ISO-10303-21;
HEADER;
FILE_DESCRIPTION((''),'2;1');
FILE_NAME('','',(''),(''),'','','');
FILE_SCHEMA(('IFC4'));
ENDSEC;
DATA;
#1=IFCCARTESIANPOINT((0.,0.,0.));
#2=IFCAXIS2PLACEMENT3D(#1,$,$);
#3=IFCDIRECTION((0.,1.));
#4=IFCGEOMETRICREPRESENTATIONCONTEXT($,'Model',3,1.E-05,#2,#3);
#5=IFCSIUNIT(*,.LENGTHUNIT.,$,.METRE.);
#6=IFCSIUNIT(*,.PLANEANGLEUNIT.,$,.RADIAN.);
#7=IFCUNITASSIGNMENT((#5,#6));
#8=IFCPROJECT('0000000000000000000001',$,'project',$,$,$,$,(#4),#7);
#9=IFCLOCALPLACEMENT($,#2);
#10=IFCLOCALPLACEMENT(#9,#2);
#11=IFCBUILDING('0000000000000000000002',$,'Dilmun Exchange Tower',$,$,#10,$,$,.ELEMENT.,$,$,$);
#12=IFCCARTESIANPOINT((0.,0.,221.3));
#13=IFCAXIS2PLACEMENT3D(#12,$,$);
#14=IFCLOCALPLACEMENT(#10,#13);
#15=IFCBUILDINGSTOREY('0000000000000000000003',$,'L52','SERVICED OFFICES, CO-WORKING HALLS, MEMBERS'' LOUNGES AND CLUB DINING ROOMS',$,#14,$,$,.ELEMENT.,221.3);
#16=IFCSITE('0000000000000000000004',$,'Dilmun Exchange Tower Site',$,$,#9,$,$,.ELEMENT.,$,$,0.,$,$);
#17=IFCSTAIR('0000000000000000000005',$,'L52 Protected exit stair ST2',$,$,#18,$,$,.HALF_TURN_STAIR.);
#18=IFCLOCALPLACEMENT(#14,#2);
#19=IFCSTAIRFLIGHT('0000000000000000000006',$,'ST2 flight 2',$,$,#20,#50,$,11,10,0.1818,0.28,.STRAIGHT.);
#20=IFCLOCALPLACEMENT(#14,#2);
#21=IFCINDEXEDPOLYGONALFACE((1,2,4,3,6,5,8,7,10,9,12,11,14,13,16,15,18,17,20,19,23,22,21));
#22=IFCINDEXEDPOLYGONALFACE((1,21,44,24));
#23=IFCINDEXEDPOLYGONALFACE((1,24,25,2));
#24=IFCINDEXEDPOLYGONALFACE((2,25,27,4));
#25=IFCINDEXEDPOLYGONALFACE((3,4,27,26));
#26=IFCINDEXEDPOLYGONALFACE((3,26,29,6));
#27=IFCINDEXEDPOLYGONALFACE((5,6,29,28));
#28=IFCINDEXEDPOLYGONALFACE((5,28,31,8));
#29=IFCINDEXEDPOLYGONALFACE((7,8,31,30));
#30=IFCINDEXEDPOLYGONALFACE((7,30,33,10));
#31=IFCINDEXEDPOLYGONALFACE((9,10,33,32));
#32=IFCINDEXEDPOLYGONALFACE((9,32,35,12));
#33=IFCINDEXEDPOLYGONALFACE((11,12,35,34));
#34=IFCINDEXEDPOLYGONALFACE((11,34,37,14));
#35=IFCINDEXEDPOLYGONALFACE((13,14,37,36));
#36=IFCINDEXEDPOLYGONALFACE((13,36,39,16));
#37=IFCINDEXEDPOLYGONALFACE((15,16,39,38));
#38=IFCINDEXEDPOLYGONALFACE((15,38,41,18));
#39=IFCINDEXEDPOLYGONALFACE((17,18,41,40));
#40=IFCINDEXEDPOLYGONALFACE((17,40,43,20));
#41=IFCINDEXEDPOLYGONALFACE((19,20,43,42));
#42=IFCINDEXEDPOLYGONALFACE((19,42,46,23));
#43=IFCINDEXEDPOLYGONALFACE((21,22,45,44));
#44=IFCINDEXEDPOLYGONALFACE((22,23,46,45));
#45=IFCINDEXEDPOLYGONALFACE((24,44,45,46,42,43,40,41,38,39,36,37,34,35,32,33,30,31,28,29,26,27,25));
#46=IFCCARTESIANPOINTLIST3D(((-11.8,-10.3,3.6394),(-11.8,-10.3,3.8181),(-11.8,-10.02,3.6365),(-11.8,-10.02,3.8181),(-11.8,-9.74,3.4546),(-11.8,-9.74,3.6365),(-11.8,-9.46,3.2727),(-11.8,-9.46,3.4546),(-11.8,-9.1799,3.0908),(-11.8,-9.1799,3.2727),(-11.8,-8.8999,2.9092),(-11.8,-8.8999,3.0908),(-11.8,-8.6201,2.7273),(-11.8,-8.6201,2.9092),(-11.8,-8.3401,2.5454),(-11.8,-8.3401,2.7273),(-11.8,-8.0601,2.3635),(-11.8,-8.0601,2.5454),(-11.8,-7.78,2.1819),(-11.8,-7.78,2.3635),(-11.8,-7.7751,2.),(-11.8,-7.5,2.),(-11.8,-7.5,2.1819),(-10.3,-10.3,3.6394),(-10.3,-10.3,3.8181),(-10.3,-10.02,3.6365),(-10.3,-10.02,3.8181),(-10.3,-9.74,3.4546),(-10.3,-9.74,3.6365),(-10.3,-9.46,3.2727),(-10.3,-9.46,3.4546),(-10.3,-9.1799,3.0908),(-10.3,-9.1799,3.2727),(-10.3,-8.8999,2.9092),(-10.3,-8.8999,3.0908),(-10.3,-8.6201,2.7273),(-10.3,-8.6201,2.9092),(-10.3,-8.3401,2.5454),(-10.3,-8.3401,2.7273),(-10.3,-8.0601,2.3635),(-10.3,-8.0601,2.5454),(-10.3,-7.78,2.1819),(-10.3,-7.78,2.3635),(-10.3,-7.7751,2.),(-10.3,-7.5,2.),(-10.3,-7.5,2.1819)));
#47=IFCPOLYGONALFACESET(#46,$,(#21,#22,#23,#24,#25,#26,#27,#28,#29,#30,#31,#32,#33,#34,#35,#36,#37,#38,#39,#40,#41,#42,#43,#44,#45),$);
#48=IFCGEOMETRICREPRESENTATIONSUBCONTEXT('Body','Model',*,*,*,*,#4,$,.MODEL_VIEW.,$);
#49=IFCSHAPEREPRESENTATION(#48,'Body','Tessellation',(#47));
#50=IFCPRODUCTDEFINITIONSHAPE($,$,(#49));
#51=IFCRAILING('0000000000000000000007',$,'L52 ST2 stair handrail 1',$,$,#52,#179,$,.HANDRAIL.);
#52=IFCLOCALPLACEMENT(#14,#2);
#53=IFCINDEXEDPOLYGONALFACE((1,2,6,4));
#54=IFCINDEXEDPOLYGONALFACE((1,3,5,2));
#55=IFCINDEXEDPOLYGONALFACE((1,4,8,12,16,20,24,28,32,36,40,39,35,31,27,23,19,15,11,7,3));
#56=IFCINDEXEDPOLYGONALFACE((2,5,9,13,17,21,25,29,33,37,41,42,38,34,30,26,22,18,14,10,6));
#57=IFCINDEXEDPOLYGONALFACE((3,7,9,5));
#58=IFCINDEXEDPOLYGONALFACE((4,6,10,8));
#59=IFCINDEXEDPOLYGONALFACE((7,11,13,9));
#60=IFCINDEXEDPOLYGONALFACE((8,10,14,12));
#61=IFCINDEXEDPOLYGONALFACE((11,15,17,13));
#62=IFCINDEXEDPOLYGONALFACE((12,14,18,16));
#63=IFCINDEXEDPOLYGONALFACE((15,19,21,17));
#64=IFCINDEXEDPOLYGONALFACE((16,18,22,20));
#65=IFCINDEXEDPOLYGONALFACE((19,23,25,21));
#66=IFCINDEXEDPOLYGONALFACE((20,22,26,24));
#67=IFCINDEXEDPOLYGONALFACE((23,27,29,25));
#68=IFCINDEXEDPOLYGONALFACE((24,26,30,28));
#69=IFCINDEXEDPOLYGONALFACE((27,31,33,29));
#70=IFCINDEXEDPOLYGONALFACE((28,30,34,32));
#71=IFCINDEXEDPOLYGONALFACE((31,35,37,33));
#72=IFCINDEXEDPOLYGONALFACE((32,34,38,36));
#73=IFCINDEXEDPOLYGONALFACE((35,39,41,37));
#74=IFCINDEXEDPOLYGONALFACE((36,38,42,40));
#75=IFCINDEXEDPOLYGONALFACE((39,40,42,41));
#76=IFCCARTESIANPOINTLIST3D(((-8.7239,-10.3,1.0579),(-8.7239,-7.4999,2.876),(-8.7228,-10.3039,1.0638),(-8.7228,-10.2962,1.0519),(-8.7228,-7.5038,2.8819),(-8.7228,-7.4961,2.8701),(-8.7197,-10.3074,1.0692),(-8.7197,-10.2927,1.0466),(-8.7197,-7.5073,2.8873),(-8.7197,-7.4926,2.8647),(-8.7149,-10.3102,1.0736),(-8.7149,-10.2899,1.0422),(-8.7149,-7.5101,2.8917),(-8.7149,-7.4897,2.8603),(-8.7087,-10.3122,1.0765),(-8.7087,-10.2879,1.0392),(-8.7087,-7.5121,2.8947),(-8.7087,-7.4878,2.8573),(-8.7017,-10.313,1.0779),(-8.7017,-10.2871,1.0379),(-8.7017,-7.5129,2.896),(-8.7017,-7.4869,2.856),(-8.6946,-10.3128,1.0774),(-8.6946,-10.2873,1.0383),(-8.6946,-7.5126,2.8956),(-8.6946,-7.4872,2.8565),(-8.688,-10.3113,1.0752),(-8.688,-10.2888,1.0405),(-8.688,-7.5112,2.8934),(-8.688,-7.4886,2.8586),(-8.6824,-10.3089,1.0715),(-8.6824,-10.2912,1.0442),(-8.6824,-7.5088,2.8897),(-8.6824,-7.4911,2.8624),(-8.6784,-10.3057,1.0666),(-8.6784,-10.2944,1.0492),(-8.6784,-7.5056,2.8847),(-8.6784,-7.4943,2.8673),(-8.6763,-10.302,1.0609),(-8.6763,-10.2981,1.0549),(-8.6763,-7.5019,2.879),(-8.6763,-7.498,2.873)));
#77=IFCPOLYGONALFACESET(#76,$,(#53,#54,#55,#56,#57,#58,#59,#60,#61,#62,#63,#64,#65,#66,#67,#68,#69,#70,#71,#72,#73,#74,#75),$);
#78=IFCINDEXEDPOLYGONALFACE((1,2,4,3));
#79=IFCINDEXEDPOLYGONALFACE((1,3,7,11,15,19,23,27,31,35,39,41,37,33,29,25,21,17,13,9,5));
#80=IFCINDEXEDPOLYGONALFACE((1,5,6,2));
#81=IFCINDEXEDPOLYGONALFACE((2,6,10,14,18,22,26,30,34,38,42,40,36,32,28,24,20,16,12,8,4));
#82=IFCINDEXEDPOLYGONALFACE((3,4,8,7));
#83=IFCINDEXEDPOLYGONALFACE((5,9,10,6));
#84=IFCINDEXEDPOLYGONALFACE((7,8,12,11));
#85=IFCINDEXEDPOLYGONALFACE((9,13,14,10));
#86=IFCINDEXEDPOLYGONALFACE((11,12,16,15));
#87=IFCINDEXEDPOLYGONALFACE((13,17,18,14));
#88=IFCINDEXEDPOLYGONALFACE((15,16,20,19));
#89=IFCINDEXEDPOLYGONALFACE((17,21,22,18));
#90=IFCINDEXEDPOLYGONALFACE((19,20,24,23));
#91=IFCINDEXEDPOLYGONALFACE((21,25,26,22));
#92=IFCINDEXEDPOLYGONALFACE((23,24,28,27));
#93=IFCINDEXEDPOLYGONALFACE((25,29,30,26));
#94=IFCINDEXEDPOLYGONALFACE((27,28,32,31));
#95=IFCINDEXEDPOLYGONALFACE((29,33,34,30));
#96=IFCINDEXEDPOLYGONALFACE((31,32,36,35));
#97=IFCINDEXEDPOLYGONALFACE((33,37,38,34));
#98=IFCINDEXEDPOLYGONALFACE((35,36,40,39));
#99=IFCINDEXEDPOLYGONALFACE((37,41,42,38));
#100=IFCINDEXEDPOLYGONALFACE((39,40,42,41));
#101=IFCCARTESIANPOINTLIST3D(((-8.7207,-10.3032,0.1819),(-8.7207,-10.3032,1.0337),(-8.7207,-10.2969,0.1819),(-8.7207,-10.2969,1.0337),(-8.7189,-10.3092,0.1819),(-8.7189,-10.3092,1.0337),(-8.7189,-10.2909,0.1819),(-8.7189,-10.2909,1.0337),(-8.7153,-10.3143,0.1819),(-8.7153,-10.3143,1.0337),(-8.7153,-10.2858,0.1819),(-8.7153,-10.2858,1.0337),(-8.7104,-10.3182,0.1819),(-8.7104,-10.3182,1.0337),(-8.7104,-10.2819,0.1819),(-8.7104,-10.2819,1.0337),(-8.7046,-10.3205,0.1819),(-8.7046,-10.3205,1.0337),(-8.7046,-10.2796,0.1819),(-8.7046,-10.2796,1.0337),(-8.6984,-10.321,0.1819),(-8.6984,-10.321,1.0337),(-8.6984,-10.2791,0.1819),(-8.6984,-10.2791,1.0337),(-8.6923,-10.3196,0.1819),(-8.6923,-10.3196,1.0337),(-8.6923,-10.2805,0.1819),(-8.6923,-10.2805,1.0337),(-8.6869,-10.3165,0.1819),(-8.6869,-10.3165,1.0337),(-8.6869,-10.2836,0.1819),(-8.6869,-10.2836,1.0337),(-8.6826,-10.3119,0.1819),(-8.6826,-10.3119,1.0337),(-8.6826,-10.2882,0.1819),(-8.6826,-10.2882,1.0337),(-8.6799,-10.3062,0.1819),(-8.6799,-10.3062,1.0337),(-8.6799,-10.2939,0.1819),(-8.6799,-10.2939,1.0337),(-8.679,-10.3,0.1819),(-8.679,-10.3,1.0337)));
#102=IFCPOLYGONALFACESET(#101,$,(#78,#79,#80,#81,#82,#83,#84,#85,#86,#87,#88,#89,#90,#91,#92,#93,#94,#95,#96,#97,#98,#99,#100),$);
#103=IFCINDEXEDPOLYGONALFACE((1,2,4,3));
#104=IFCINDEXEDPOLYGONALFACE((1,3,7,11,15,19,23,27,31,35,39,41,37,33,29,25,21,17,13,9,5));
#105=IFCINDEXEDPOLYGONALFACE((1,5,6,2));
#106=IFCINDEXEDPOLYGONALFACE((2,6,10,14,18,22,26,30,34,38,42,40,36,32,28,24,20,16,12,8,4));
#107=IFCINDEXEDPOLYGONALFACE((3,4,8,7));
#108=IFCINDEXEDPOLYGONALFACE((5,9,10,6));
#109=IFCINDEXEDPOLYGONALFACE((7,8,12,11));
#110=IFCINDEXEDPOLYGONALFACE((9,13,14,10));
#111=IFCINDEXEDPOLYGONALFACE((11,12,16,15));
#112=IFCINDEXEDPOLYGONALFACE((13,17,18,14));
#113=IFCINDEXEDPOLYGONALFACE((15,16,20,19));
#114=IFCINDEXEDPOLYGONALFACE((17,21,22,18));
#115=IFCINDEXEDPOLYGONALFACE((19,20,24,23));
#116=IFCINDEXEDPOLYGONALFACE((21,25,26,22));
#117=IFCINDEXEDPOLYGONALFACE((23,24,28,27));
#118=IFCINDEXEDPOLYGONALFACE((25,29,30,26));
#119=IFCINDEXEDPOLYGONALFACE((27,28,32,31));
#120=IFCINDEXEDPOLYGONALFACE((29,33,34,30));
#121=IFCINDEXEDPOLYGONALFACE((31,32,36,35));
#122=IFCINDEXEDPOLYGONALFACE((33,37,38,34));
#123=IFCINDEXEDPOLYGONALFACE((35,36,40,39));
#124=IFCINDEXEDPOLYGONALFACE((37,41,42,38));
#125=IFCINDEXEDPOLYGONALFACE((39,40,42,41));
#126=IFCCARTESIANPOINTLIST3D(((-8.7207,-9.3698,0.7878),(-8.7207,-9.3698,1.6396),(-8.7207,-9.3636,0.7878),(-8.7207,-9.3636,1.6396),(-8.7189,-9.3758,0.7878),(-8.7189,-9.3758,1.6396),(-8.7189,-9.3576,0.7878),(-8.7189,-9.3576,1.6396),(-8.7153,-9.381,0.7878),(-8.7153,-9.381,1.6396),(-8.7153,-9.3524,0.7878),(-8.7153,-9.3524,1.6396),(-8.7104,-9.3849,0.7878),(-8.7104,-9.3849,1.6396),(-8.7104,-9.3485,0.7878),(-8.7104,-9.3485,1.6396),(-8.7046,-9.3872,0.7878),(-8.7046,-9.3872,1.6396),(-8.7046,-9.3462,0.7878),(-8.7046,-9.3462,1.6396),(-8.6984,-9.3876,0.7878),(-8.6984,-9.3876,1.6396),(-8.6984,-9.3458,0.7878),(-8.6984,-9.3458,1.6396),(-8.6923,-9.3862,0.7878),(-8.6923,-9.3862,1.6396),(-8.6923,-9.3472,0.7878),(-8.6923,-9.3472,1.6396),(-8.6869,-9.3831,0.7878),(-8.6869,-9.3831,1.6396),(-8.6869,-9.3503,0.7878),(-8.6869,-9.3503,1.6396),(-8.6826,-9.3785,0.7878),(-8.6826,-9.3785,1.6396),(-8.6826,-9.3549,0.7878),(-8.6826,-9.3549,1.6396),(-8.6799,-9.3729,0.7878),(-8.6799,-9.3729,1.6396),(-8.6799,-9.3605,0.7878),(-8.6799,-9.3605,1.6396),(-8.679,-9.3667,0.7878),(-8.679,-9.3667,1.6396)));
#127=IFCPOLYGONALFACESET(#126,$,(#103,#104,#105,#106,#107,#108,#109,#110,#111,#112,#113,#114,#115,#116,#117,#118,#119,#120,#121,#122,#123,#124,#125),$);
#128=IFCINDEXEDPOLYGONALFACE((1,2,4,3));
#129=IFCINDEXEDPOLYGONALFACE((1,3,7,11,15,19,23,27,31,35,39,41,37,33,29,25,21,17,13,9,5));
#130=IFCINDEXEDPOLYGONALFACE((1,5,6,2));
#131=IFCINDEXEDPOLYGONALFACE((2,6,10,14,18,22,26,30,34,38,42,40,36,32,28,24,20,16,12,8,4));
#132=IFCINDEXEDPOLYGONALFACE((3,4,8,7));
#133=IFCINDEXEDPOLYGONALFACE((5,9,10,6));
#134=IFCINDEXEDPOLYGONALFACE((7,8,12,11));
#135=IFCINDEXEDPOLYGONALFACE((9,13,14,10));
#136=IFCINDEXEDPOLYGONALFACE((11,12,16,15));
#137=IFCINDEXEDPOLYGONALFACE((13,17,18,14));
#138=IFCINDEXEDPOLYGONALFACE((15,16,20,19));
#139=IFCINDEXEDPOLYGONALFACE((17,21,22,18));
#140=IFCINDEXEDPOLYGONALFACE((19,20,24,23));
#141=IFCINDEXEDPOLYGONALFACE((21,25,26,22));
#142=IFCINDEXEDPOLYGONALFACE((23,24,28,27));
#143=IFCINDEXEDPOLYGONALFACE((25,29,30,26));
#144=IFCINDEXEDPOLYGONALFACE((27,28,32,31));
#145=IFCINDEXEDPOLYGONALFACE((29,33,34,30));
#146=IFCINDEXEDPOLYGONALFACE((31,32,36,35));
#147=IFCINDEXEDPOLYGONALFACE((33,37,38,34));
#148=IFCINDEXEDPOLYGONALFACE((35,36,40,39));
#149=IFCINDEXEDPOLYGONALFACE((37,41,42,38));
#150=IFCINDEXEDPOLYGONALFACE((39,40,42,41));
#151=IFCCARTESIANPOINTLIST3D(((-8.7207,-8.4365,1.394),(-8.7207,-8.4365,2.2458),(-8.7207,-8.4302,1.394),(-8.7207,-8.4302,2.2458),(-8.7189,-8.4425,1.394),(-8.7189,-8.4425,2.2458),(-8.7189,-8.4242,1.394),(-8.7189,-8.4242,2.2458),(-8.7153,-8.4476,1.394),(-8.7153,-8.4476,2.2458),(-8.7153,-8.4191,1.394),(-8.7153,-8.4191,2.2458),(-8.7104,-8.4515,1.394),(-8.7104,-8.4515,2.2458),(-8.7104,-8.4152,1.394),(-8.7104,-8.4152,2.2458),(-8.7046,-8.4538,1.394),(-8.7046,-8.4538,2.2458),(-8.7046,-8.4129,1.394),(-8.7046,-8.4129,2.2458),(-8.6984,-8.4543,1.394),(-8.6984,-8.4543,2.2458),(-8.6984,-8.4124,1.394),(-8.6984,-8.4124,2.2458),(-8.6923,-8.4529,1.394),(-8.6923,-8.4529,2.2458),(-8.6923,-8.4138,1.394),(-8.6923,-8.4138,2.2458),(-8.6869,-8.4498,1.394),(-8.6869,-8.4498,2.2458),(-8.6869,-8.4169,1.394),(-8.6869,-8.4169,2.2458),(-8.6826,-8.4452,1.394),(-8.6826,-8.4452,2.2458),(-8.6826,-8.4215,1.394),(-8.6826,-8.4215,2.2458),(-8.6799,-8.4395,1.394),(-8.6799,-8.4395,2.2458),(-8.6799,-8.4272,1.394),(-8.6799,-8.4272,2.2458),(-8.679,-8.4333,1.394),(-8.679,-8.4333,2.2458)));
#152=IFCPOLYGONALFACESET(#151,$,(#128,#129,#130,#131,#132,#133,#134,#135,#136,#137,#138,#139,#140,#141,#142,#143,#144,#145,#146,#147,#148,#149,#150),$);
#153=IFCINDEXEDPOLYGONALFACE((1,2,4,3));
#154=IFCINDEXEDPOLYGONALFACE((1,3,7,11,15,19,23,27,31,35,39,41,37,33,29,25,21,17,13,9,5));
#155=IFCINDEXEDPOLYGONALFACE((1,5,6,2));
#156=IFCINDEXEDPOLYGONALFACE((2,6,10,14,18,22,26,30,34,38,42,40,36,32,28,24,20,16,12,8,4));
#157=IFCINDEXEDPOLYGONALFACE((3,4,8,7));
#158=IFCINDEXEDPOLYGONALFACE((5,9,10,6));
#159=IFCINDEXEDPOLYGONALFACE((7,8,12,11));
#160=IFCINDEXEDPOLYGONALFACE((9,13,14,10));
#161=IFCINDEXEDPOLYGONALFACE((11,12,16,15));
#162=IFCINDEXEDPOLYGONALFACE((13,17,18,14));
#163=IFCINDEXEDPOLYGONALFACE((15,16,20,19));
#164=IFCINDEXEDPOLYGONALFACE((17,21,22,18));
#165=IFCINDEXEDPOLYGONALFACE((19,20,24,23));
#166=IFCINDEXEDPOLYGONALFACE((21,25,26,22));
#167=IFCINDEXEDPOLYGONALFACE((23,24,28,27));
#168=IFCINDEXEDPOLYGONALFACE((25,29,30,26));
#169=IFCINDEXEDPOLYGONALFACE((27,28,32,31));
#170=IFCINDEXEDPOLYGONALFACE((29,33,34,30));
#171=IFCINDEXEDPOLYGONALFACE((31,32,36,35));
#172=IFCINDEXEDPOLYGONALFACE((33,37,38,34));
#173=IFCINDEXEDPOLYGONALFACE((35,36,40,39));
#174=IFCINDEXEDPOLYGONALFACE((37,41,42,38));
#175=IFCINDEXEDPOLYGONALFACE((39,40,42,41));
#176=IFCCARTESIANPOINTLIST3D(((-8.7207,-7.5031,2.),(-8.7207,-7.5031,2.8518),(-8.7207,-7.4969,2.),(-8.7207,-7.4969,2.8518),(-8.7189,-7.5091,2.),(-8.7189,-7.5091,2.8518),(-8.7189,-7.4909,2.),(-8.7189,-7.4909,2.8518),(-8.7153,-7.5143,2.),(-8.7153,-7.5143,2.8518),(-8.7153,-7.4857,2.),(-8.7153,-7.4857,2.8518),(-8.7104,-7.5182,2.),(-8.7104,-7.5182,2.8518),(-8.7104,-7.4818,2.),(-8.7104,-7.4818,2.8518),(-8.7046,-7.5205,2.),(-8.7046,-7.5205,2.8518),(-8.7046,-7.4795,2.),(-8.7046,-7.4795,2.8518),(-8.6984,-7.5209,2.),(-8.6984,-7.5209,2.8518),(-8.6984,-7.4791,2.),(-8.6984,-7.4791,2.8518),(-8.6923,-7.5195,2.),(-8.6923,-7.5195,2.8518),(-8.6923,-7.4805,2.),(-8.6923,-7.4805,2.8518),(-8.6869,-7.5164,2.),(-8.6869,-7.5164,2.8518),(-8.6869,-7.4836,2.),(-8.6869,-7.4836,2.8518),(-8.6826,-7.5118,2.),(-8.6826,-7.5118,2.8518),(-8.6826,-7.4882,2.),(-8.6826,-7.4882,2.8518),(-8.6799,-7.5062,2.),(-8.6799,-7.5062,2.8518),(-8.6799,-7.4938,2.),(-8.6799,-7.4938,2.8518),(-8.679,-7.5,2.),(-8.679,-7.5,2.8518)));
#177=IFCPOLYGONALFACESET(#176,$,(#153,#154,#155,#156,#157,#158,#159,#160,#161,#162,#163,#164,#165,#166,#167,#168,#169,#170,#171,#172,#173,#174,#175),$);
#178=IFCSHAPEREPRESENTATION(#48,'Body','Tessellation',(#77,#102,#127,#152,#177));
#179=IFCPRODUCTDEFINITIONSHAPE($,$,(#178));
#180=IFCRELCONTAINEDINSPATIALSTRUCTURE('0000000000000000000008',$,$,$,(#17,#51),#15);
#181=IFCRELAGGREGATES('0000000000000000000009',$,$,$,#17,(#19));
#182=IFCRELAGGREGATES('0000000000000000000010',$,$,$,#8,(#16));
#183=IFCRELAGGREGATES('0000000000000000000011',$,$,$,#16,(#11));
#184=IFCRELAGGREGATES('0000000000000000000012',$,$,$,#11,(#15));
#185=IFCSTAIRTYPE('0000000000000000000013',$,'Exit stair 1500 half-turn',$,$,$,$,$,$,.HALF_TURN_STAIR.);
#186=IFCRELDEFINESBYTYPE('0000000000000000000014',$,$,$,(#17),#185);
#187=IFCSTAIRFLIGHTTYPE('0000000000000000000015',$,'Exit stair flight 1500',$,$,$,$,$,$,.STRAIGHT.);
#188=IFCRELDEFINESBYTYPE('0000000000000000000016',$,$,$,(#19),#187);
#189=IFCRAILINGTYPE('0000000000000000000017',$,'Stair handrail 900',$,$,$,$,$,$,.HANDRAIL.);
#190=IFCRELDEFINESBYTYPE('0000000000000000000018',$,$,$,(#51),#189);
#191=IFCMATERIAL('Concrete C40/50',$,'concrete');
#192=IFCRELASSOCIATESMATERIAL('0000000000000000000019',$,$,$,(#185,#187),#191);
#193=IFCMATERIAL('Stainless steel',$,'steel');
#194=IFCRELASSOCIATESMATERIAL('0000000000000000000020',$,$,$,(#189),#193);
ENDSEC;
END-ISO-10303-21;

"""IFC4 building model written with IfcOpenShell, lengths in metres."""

from ifc_helpers import new_model, si_unit, direction, frame, origin, origin_2d, place, context, subcontext, project, spatial, polyline, circle, outline, extrude, material, type_object, element, aggregate, save


model = new_model("IFC4")

# Units and contexts
model_context = context("Model", 3, precision=1e-05, world=origin(), true_north=direction((0.0, 1.0)))
body_context = subcontext(model_context, "Body", "Model", "MODEL_VIEW")
ifc_project = project(units=[si_unit("LENGTHUNIT", "METRE"), si_unit("PLANEANGLEUNIT", "RADIAN")], contexts=[model_context])

# Site, building, storey
site_placement = place(None, origin())
site = spatial("IfcSite", under=ifc_project, at=site_placement, Name="Dilmun Exchange Tower Site", CompositionType="ELEMENT", RefElevation=0.0)
building_placement = place(site_placement, origin())
building = spatial("IfcBuilding", under=site, at=building_placement, Name="Dilmun Exchange Tower", CompositionType="ELEMENT")
storey_placement = place(building_placement, frame((0.0, 0.0, 221.3)))
storey = spatial("IfcBuildingStorey", under=building, at=storey_placement, Name="L52", Description="SERVICED OFFICES, CO-WORKING HALLS, MEMBERS' LOUNGES AND CLUB DINING ROOMS", CompositionType="ELEMENT", Elevation=221.3)

# Shared definitions
ifc_material_1 = material(Name="Concrete C40/50", Category="concrete")

# Stair, stair flight
stair_type = type_object("IfcStairType", Name="Exit stair 1500 half-turn", PredefinedType="HALF_TURN_STAIR", material=ifc_material_1)
stair_placement = place(storey_placement, origin())
stair = element("IfcStair", 1, at=stair_placement, inside=storey, type_object=stair_type, Name="L52 Protected exit stair ST2", PredefinedType="HALF_TURN_STAIR")
stair_flight_type = type_object("IfcStairFlightType", Name="Exit stair flight 1500", PredefinedType="STRAIGHT", material=ifc_material_1)
stair_flight_placement = place(storey_placement, frame((-11.05, -7.5, 2.0), z_axis=(0.0, 0.0, 1.0), x_axis=(0.0, -1.0, 0.0)))
stair_flight = element("IfcStairFlight", 2, at=stair_flight_placement, type_object=stair_flight_type, Name="ST2 flight 2", NumberOfRisers=11, NumberOfTreads=10, PredefinedType="STRAIGHT", RiserHeight=0.1818, TreadLength=0.28, context=body_context, shape_type="SweptSolid", body=[
    extrude(outline(polyline([(0.0, 0.0), (0.0, 0.1819), (0.28, 0.1819), (0.28, 0.3635), (0.5601, 0.3635), (0.5601, 0.5454), (0.8401, 0.5454), (0.8401, 0.7273), (1.1201, 0.7273), (1.1201, 0.9092), (1.3999, 0.9092), (1.3999, 1.0908), (1.6799, 1.0908), (1.6799, 1.2727), (1.96, 1.2727), (1.96, 1.4546), (2.24, 1.4546), (2.24, 1.6365), (2.52, 1.6365), (2.52, 1.8181), (2.8, 1.8181), (2.8, 2.0), (2.8, 1.6394), (0.2751, 0.0), (0.0, 0.0)])), frame((0.0, 0.75, 0.0), z_axis=(0.0, -1.0, 0.0), x_axis=(1.0, 0.0, 0.0)), (0.0, 0.0, 1.0), 1.5),
])
aggregate(stair, [stair_flight])

# Railing
ifc_material_2 = material(Name="Stainless steel", Category="steel")
railing_type = type_object("IfcRailingType", Name="Stair handrail 900", PredefinedType="HANDRAIL", material=ifc_material_2)
railing_placement = place(storey_placement, frame((-8.7, -10.3, 0.1819)))
element("IfcRailing", 3, at=railing_placement, inside=storey, type_object=railing_type, Name="L52 ST2 stair handrail 1", PredefinedType="HANDRAIL", context=body_context, shape_type="SweptSolid", body=[
    extrude(circle(Radius=0.0239, at=origin_2d()), frame((0.0, 0.0, 0.876), z_axis=(0.0, 0.838706, 0.544585), x_axis=(-1.0, 0.0, 0.0)), (0.0, 0.0, 1.0), 3.3386),
    extrude(circle(Radius=0.021, at=origin_2d()), origin(), (0.0, 0.0, 1.0), 0.8518),
    extrude(circle(Radius=0.021, at=origin_2d()), frame((0.0, 0.9333, 0.606)), (0.0, 0.0, 1.0), 0.8518),
    extrude(circle(Radius=0.021, at=origin_2d()), frame((0.0, 1.8667, 1.2122)), (0.0, 0.0, 1.0), 0.8518),
    extrude(circle(Radius=0.021, at=origin_2d()), frame((0.0, 2.8, 1.8181)), (0.0, 0.0, 1.0), 0.8518),
])

save(model, "model.ifc")
